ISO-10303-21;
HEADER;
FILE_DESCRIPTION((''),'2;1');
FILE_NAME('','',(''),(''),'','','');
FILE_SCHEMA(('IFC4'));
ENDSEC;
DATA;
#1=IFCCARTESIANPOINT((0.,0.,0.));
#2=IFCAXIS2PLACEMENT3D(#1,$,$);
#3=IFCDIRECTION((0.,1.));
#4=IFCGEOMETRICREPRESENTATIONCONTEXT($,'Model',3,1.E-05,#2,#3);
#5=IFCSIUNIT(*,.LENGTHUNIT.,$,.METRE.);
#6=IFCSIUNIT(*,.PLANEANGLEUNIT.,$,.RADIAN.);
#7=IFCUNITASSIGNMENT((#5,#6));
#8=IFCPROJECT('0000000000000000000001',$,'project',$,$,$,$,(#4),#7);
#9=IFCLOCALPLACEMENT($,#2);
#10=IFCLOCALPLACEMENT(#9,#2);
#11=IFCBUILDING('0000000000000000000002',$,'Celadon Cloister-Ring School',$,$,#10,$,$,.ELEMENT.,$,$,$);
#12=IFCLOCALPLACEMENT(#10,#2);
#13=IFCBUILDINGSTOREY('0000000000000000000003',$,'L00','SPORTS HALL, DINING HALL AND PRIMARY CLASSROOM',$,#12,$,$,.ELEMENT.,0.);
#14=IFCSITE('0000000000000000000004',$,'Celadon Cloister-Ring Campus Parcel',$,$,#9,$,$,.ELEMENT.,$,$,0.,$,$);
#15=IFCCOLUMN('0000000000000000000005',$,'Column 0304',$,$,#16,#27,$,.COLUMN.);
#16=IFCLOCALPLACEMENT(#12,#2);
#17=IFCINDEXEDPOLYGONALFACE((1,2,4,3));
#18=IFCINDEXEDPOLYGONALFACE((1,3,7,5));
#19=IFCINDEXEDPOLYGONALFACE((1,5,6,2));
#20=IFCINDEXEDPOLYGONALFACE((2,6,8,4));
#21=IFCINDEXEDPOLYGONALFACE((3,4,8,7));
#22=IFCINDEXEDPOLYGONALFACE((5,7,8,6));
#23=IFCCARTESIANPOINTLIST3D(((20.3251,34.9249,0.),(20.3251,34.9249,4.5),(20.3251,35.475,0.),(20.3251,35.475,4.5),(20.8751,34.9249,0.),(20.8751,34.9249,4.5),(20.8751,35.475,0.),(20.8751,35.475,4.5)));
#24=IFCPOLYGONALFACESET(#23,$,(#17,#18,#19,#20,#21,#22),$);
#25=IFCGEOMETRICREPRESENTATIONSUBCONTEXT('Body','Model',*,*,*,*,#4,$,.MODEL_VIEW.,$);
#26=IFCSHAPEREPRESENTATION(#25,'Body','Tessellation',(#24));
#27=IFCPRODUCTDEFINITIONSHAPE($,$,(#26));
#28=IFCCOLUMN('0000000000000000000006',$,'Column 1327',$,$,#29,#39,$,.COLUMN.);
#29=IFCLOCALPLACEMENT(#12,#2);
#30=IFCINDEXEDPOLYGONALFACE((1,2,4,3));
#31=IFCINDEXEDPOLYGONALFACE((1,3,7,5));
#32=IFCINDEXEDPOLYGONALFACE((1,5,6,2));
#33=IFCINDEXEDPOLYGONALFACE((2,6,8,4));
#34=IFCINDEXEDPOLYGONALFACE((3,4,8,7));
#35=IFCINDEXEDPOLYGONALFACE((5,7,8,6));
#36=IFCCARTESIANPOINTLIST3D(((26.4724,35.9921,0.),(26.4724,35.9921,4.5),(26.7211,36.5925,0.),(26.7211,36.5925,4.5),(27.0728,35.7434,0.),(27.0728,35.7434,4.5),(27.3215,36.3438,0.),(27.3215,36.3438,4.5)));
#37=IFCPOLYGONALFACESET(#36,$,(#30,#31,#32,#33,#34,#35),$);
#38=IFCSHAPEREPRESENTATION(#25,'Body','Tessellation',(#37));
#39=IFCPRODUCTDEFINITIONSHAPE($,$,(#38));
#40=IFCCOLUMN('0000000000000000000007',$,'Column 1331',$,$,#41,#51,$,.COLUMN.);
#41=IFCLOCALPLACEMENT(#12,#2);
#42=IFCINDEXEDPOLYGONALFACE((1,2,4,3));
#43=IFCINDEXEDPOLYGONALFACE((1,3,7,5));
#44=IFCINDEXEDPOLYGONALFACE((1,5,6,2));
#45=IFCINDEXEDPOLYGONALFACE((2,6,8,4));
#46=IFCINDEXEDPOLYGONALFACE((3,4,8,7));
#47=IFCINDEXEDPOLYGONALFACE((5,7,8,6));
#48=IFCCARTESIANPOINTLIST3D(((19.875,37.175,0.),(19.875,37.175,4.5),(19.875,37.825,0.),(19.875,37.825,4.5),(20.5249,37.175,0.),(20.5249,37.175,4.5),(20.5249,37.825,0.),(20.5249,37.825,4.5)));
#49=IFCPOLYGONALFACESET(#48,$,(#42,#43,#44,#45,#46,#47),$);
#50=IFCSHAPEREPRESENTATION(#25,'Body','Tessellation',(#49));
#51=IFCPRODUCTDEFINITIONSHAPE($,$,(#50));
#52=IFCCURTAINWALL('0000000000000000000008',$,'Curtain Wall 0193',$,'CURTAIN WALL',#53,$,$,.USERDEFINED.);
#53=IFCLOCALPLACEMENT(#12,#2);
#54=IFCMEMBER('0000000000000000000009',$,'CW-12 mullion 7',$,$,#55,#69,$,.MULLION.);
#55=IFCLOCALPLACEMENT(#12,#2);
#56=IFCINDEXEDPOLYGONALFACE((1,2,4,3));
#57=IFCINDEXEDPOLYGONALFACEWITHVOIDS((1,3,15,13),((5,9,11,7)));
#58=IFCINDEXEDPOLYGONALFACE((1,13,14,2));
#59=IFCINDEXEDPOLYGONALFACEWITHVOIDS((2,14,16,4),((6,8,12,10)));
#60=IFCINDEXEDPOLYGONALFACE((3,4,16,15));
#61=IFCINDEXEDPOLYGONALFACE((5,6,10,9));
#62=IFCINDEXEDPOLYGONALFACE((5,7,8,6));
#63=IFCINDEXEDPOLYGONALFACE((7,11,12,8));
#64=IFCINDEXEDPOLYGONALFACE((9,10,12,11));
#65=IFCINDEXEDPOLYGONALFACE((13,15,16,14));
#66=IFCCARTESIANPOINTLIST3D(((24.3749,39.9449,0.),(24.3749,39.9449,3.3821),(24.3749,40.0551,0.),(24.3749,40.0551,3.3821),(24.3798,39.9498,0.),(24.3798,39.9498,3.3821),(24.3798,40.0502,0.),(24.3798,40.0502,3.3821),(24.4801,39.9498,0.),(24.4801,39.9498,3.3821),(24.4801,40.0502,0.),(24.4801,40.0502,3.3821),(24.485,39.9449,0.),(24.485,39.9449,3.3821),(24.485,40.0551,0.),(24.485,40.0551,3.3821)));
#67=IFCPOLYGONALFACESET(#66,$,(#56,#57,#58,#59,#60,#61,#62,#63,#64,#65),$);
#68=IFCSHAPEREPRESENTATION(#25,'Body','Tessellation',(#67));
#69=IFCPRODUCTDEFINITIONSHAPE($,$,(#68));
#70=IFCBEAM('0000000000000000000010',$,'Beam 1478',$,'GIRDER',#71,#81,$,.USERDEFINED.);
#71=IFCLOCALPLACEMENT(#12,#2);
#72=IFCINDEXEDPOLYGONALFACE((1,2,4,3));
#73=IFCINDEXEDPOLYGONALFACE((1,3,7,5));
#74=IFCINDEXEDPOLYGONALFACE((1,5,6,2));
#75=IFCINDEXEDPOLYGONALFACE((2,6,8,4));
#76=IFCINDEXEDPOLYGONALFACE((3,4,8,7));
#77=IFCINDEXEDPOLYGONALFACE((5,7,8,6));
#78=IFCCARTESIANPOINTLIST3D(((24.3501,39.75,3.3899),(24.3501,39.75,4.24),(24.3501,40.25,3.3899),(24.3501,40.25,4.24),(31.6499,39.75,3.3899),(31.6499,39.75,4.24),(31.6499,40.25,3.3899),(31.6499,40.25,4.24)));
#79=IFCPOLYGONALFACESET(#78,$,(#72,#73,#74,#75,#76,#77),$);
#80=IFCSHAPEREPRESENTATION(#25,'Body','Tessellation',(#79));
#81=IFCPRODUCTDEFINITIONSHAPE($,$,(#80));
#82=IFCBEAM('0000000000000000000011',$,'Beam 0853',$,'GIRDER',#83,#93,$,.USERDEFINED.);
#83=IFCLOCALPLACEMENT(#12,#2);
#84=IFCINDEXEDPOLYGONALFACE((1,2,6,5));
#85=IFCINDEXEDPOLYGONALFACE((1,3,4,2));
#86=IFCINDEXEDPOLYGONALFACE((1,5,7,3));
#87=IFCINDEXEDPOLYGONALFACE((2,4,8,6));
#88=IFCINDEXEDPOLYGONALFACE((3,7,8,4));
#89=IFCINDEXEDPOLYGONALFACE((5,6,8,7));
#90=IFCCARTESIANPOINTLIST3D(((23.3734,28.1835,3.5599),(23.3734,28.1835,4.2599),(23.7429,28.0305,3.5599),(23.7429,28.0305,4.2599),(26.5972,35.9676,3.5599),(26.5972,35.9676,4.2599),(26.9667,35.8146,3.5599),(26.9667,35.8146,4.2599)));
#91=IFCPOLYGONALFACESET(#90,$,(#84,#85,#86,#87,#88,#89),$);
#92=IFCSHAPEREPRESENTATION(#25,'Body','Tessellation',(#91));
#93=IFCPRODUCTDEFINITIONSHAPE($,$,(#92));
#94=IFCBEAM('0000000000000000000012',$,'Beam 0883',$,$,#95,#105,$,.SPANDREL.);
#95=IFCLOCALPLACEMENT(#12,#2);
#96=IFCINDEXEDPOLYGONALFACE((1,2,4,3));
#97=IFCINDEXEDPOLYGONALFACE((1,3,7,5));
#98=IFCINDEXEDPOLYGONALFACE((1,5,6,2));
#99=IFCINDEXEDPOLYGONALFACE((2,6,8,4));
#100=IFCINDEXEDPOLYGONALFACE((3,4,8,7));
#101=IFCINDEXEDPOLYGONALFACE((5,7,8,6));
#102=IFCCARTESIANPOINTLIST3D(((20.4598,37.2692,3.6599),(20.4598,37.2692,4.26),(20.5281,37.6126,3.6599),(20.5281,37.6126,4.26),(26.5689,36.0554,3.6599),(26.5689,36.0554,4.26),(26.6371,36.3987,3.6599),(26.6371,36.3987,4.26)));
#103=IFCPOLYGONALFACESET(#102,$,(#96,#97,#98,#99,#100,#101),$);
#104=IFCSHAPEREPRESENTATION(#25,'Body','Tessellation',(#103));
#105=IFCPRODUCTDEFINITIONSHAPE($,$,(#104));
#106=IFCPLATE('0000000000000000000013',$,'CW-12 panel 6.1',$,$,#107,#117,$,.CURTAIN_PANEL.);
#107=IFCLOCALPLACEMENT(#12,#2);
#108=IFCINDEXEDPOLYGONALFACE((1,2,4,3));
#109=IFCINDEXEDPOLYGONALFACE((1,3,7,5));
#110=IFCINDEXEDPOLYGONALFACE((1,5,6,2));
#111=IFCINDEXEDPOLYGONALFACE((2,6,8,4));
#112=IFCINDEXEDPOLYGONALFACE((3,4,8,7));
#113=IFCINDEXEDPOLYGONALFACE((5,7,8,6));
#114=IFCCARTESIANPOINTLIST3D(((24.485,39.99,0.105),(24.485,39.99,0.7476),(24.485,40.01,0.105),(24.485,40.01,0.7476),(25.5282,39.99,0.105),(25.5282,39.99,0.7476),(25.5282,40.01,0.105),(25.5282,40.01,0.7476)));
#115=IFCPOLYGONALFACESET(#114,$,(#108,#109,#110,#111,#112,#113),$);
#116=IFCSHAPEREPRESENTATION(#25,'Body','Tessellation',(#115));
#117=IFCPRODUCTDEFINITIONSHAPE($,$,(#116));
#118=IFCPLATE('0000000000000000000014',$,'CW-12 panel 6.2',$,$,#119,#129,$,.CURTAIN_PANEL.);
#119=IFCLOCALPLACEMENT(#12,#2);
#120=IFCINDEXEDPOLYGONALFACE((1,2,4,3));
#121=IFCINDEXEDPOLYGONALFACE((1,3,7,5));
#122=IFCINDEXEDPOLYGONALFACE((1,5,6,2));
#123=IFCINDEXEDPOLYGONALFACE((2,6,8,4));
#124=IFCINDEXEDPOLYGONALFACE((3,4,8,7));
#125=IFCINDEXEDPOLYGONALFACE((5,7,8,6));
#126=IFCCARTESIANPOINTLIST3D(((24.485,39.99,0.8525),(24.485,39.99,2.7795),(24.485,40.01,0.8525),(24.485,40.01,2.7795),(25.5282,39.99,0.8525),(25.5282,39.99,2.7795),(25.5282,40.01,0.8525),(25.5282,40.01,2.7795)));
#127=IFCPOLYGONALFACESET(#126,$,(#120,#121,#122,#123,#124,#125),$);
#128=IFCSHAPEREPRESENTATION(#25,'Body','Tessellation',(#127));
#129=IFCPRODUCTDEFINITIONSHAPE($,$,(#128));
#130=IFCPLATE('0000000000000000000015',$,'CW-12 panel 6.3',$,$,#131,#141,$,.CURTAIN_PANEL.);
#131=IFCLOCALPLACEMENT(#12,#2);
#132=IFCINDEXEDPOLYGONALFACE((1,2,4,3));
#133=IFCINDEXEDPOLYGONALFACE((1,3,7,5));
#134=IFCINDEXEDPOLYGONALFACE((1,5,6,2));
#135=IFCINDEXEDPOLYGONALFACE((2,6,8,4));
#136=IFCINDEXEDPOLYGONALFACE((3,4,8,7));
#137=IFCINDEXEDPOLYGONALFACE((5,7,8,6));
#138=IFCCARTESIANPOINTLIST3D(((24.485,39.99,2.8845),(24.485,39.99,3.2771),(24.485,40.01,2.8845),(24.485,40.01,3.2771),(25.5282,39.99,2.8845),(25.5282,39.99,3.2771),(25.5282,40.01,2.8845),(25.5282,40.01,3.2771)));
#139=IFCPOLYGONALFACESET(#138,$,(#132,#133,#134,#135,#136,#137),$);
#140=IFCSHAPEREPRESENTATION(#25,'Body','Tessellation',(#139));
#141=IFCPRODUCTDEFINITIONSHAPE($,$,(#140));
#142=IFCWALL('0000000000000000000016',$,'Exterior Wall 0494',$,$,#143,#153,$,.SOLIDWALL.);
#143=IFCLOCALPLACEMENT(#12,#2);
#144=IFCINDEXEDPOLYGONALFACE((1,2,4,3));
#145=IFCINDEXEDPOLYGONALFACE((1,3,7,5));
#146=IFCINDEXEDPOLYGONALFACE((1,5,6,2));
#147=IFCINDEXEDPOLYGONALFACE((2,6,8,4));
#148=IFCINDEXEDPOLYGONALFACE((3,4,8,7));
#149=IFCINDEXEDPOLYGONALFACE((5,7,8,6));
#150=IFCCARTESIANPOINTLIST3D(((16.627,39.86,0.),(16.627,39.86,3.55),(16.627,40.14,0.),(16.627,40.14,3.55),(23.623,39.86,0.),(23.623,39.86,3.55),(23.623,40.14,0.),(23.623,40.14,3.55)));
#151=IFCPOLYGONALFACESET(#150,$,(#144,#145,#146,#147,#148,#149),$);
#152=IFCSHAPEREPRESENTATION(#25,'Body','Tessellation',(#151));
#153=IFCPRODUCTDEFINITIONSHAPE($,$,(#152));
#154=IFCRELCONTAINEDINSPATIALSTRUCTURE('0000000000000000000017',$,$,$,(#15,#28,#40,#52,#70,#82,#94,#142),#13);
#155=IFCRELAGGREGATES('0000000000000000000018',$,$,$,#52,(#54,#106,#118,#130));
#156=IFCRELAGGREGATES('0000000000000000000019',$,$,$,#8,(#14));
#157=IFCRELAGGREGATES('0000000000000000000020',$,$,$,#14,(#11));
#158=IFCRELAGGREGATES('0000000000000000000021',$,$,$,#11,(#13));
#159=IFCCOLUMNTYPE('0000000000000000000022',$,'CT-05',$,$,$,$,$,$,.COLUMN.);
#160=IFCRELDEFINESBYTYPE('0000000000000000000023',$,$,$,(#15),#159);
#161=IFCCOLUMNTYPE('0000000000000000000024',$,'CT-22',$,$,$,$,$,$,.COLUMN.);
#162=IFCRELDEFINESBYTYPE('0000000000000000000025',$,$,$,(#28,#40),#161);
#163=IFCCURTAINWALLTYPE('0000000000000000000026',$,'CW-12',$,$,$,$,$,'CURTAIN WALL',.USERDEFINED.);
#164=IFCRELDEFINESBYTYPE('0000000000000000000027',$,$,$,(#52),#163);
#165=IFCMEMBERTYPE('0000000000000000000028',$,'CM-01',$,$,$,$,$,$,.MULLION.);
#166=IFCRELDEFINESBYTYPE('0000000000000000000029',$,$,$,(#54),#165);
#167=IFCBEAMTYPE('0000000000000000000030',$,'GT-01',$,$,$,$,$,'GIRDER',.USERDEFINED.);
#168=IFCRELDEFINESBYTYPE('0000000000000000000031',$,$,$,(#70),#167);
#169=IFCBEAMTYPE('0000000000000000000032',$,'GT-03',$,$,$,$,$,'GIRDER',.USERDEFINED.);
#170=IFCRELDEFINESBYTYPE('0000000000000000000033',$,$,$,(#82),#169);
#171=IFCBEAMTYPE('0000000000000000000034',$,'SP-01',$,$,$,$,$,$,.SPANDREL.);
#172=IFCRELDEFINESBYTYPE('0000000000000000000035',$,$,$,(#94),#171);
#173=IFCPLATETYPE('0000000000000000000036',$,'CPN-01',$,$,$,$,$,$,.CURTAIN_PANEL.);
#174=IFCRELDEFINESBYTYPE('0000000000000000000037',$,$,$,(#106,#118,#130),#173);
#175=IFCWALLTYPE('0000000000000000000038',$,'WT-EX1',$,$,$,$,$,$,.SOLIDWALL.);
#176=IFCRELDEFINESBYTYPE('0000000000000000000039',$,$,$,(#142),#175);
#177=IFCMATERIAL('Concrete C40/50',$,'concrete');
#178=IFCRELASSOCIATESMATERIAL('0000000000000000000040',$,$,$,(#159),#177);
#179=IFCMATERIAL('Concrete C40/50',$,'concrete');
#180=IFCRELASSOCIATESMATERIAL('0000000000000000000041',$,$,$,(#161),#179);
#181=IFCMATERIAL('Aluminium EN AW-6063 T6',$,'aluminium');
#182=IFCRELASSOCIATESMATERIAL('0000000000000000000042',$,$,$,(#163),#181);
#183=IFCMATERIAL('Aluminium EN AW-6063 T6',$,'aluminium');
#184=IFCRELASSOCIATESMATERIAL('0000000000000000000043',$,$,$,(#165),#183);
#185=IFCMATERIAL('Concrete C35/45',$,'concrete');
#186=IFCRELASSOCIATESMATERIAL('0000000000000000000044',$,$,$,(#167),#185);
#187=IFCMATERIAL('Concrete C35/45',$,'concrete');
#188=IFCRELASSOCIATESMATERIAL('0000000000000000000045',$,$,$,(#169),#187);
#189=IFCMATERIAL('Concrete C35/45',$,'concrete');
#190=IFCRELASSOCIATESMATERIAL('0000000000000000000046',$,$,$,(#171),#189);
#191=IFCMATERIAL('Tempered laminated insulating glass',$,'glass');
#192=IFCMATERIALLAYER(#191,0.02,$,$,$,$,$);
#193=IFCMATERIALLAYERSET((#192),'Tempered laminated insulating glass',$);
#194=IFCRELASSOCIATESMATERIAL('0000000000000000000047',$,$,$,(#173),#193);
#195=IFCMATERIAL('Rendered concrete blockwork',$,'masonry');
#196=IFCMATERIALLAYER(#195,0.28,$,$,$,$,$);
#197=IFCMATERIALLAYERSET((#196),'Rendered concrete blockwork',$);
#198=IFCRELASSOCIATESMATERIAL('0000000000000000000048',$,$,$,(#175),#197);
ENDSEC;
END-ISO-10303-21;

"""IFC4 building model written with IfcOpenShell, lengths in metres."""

from ifc_helpers import new_model, si_unit, direction, frame, frame_2d, origin, origin_2d, place, context, subcontext, project, spatial, rectangle, hollow_rectangle, extrude, material, layer, layer_set, material_profile, profile_set, type_object, element, aggregate, save


model = new_model("IFC4")

# Units and contexts
model_context = context("Model", 3, precision=1e-05, world=origin(), true_north=direction((0.0, 1.0)))
body_context = subcontext(model_context, "Body", "Model", "MODEL_VIEW")
ifc_project = project(units=[si_unit("LENGTHUNIT", "METRE"), si_unit("PLANEANGLEUNIT", "RADIAN")], contexts=[model_context])

# Site, building, storey
site_placement = place(None, origin())
site = spatial("IfcSite", under=ifc_project, at=site_placement, Name="Celadon Cloister-Ring Campus Parcel", CompositionType="ELEMENT", RefElevation=0.0)
building_placement = place(site_placement, origin())
building = spatial("IfcBuilding", under=site, at=building_placement, Name="Celadon Cloister-Ring School", CompositionType="ELEMENT")
storey_placement = place(building_placement, origin())
storey = spatial("IfcBuildingStorey", under=building, at=storey_placement, Name="L00", Description="SPORTS HALL, DINING HALL AND PRIMARY CLASSROOM", CompositionType="ELEMENT", Elevation=0.0)

# Columns
ifc_material_1 = material(Name="Concrete C40/50", Category="concrete")
ifc_material_profile_1 = material_profile(ifc_material_1, rectangle(XDim=0.55, YDim=0.55, at=origin_2d()), Name="RC550X550")
ifc_profile_set_1 = profile_set([ifc_material_profile_1], Name="Concrete C40/50")
column_type_1 = type_object("IfcColumnType", Name="CT-05", PredefinedType="COLUMN", material=ifc_profile_set_1)
for number, where, z_axis, x_axis, name in (
    (1, (20.6001, 35.2, 0.0), (0.0, 0.0, 1.0), (1.0, 0.0, 0.0), "Column 0304"),
):
    element("IfcColumn", number, at=place(storey_placement, frame(where, z_axis=z_axis, x_axis=x_axis)), inside=storey, type_object=column_type_1, Name=name, PredefinedType="COLUMN", context=body_context, shape_type="SweptSolid", body=[
        extrude(rectangle(XDim=0.55, YDim=0.55, at=origin_2d()), origin(), (0.0, 0.0, 1.0), 4.5),
    ])
ifc_material_2 = material(Name="Concrete C40/50", Category="concrete")
ifc_material_profile_2 = material_profile(ifc_material_2, rectangle(XDim=0.6499, YDim=0.6499, at=origin_2d()), Name="RC650X650")
ifc_profile_set_2 = profile_set([ifc_material_profile_2], Name="Concrete C40/50")
column_type_2 = type_object("IfcColumnType", Name="CT-22", PredefinedType="COLUMN", material=ifc_profile_set_2)
for number, where, z_axis, x_axis, name in (
    (2, (26.897, 36.168, 0.0), (0.0, 0.0, 1.0), (0.382683, 0.92388, 0.0), "Column 1327"),
    (3, (20.2, 37.5, 0.0), (0.0, 0.0, 1.0), (0.0, 1.0, 0.0), "Column 1331"),
):
    element("IfcColumn", number, at=place(storey_placement, frame(where, z_axis=z_axis, x_axis=x_axis)), inside=storey, type_object=column_type_2, Name=name, PredefinedType="COLUMN", context=body_context, shape_type="SweptSolid", body=[
        extrude(rectangle(XDim=0.6499, YDim=0.6499, at=origin_2d()), origin(), (0.0, 0.0, 1.0), 4.5),
    ])

# Curtain wall, member
ifc_material_3 = material(Name="Aluminium EN AW-6063 T6", Category="aluminium")
curtain_wall_type = type_object("IfcCurtainWallType", Name="CW-12", ElementType="CURTAIN WALL", PredefinedType="USERDEFINED", material=ifc_material_3)
curtain_wall_placement = place(storey_placement, origin())
curtain_wall = element("IfcCurtainWall", 4, at=curtain_wall_placement, inside=storey, type_object=curtain_wall_type, Name="Curtain Wall 0193", ObjectType="CURTAIN WALL", PredefinedType="USERDEFINED")
ifc_material_4 = material(Name="Aluminium EN AW-6063 T6", Category="aluminium")
ifc_material_profile_3 = material_profile(ifc_material_4, hollow_rectangle(XDim=0.1101, YDim=0.1101, WallThickness=0.0049, at=origin_2d()), Name="RHS110X110X5")
ifc_profile_set_3 = profile_set([ifc_material_profile_3], Name="Aluminium EN AW-6063 T6")
member_type = type_object("IfcMemberType", Name="CM-01", PredefinedType="MULLION", material=ifc_profile_set_3)
member_placement = place(storey_placement, frame((24.4299, 40.0, 0.0), z_axis=(0.0, 0.0, 1.0), x_axis=(0.0, -1.0, 0.0)))
member = element("IfcMember", 5, at=member_placement, type_object=member_type, Name="CW-12 mullion 7", PredefinedType="MULLION", context=body_context, shape_type="SweptSolid", body=[
    extrude(hollow_rectangle(XDim=0.1101, YDim=0.1101, WallThickness=0.0049, at=origin_2d()), origin(), (0.0, 0.0, 1.0), 3.3821),
])

# Beams
ifc_material_5 = material(Name="Concrete C35/45", Category="concrete")
ifc_material_profile_4 = material_profile(ifc_material_5, rectangle(XDim=0.5, YDim=0.8501, at=origin_2d()), Name="RC500X850")
ifc_profile_set_4 = profile_set([ifc_material_profile_4], Name="Concrete C35/45")
beam_type_1 = type_object("IfcBeamType", Name="GT-01", ElementType="GIRDER", PredefinedType="USERDEFINED", material=ifc_profile_set_4)
beam_1_placement = place(storey_placement, frame((24.3501, 40.0, 3.8149), z_axis=(1.0, 0.0, 0.0), x_axis=(0.0, 1.0, 0.0)))
element("IfcBeam", 6, at=beam_1_placement, inside=storey, type_object=beam_type_1, Name="Beam 1478", ObjectType="GIRDER", PredefinedType="USERDEFINED", context=body_context, shape_type="SweptSolid", body=[
    extrude(rectangle(XDim=0.5, YDim=0.8501, at=origin_2d()), origin(), (0.0, 0.0, 1.0), 7.2998),
])
ifc_material_6 = material(Name="Concrete C35/45", Category="concrete")
ifc_material_profile_5 = material_profile(ifc_material_6, rectangle(XDim=0.3999, YDim=0.7, at=origin_2d()), Name="RC400X700")
ifc_profile_set_5 = profile_set([ifc_material_profile_5], Name="Concrete C35/45")
beam_type_2 = type_object("IfcBeamType", Name="GT-03", ElementType="GIRDER", PredefinedType="USERDEFINED", material=ifc_profile_set_5)
beam_2_placement = place(storey_placement, frame((26.782, 35.8911, 3.9099), z_axis=(-0.382639, -0.923898, 0.0), x_axis=(0.923898, -0.382639, 0.0)))
element("IfcBeam", 7, at=beam_2_placement, inside=storey, type_object=beam_type_2, Name="Beam 0853", ObjectType="GIRDER", PredefinedType="USERDEFINED", context=body_context, shape_type="SweptSolid", body=[
    extrude(rectangle(XDim=0.3999, YDim=0.7, at=origin_2d()), origin(), (0.0, 0.0, 1.0), 8.4253),
])
ifc_material_7 = material(Name="Concrete C35/45", Category="concrete")
ifc_material_profile_6 = material_profile(ifc_material_7, rectangle(XDim=0.3501, YDim=0.6001, at=origin_2d()), Name="RC350X600")
ifc_profile_set_6 = profile_set([ifc_material_profile_6], Name="Concrete C35/45")
beam_type_3 = type_object("IfcBeamType", Name="SP-01", PredefinedType="SPANDREL", material=ifc_profile_set_6)
beam_3_placement = place(storey_placement, frame((26.603, 36.2271, 3.96), z_axis=(-0.980826, 0.194887, 0.0), x_axis=(-0.194887, -0.980826, 0.0)))
element("IfcBeam", 8, at=beam_3_placement, inside=storey, type_object=beam_type_3, Name="Beam 0883", PredefinedType="SPANDREL", context=body_context, shape_type="SweptSolid", body=[
    extrude(rectangle(XDim=0.3501, YDim=0.6001, at=origin_2d()), origin(), (0.0, 0.0, 1.0), 6.2285),
])

# Plates
ifc_material_8 = material(Name="Tempered laminated insulating glass", Category="glass")
ifc_layer_1 = layer(ifc_material_8, 0.02)
ifc_layer_set_1 = layer_set([ifc_layer_1], Name="Tempered laminated insulating glass")
plate_type = type_object("IfcPlateType", Name="CPN-01", PredefinedType="CURTAIN_PANEL", material=ifc_layer_set_1)
plate_1_placement = place(storey_placement, frame((25.0066, 40.0, 0.105), z_axis=(0.0, 0.0, 1.0), x_axis=(-1.0, 0.0, 0.0)))
plate_1 = element("IfcPlate", 9, at=plate_1_placement, type_object=plate_type, Name="CW-12 panel 6.1", PredefinedType="CURTAIN_PANEL", context=body_context, shape_type="SweptSolid", body=[
    extrude(rectangle(XDim=1.0432, YDim=0.02, at=origin_2d()), origin(), (0.0, 0.0, 1.0), 0.6426),
])
plate_2_placement = place(storey_placement, frame((25.0066, 40.0, 0.8525), z_axis=(0.0, 0.0, 1.0), x_axis=(-1.0, 0.0, 0.0)))
plate_2 = element("IfcPlate", 10, at=plate_2_placement, type_object=plate_type, Name="CW-12 panel 6.2", PredefinedType="CURTAIN_PANEL", context=body_context, shape_type="SweptSolid", body=[
    extrude(rectangle(XDim=1.0432, YDim=0.02, at=origin_2d()), origin(), (0.0, 0.0, 1.0), 1.927),
])
plate_3_placement = place(storey_placement, frame((25.0066, 40.0, 2.8845), z_axis=(0.0, 0.0, 1.0), x_axis=(-1.0, 0.0, 0.0)))
plate_3 = element("IfcPlate", 11, at=plate_3_placement, type_object=plate_type, Name="CW-12 panel 6.3", PredefinedType="CURTAIN_PANEL", context=body_context, shape_type="SweptSolid", body=[
    extrude(rectangle(XDim=1.0432, YDim=0.02, at=origin_2d()), origin(), (0.0, 0.0, 1.0), 0.3926),
])
aggregate(curtain_wall, [member, plate_1, plate_2, plate_3])

# Wall
ifc_material_9 = material(Name="Rendered concrete blockwork", Category="masonry")
ifc_layer_2 = layer(ifc_material_9, 0.28)
ifc_layer_set_2 = layer_set([ifc_layer_2], Name="Rendered concrete blockwork")
wall_type_1 = type_object("IfcWallType", Name="WT-EX1", PredefinedType="SOLIDWALL", material=ifc_layer_set_2)
wall_1_placement = place(storey_placement, frame((23.623, 40.0, 0.0), z_axis=(0.0, 0.0, 1.0), x_axis=(-1.0, 0.0, 0.0)))
element("IfcWall", 12, at=wall_1_placement, inside=storey, type_object=wall_type_1, Name="Exterior Wall 0494", PredefinedType="SOLIDWALL", context=body_context, shape_type="SweptSolid", body=[
    extrude(rectangle(XDim=6.9961, YDim=0.28, at=frame_2d((3.498, 0.0))), origin(), (0.0, 0.0, 1.0), 3.55),
])

save(model, "model.ifc")
